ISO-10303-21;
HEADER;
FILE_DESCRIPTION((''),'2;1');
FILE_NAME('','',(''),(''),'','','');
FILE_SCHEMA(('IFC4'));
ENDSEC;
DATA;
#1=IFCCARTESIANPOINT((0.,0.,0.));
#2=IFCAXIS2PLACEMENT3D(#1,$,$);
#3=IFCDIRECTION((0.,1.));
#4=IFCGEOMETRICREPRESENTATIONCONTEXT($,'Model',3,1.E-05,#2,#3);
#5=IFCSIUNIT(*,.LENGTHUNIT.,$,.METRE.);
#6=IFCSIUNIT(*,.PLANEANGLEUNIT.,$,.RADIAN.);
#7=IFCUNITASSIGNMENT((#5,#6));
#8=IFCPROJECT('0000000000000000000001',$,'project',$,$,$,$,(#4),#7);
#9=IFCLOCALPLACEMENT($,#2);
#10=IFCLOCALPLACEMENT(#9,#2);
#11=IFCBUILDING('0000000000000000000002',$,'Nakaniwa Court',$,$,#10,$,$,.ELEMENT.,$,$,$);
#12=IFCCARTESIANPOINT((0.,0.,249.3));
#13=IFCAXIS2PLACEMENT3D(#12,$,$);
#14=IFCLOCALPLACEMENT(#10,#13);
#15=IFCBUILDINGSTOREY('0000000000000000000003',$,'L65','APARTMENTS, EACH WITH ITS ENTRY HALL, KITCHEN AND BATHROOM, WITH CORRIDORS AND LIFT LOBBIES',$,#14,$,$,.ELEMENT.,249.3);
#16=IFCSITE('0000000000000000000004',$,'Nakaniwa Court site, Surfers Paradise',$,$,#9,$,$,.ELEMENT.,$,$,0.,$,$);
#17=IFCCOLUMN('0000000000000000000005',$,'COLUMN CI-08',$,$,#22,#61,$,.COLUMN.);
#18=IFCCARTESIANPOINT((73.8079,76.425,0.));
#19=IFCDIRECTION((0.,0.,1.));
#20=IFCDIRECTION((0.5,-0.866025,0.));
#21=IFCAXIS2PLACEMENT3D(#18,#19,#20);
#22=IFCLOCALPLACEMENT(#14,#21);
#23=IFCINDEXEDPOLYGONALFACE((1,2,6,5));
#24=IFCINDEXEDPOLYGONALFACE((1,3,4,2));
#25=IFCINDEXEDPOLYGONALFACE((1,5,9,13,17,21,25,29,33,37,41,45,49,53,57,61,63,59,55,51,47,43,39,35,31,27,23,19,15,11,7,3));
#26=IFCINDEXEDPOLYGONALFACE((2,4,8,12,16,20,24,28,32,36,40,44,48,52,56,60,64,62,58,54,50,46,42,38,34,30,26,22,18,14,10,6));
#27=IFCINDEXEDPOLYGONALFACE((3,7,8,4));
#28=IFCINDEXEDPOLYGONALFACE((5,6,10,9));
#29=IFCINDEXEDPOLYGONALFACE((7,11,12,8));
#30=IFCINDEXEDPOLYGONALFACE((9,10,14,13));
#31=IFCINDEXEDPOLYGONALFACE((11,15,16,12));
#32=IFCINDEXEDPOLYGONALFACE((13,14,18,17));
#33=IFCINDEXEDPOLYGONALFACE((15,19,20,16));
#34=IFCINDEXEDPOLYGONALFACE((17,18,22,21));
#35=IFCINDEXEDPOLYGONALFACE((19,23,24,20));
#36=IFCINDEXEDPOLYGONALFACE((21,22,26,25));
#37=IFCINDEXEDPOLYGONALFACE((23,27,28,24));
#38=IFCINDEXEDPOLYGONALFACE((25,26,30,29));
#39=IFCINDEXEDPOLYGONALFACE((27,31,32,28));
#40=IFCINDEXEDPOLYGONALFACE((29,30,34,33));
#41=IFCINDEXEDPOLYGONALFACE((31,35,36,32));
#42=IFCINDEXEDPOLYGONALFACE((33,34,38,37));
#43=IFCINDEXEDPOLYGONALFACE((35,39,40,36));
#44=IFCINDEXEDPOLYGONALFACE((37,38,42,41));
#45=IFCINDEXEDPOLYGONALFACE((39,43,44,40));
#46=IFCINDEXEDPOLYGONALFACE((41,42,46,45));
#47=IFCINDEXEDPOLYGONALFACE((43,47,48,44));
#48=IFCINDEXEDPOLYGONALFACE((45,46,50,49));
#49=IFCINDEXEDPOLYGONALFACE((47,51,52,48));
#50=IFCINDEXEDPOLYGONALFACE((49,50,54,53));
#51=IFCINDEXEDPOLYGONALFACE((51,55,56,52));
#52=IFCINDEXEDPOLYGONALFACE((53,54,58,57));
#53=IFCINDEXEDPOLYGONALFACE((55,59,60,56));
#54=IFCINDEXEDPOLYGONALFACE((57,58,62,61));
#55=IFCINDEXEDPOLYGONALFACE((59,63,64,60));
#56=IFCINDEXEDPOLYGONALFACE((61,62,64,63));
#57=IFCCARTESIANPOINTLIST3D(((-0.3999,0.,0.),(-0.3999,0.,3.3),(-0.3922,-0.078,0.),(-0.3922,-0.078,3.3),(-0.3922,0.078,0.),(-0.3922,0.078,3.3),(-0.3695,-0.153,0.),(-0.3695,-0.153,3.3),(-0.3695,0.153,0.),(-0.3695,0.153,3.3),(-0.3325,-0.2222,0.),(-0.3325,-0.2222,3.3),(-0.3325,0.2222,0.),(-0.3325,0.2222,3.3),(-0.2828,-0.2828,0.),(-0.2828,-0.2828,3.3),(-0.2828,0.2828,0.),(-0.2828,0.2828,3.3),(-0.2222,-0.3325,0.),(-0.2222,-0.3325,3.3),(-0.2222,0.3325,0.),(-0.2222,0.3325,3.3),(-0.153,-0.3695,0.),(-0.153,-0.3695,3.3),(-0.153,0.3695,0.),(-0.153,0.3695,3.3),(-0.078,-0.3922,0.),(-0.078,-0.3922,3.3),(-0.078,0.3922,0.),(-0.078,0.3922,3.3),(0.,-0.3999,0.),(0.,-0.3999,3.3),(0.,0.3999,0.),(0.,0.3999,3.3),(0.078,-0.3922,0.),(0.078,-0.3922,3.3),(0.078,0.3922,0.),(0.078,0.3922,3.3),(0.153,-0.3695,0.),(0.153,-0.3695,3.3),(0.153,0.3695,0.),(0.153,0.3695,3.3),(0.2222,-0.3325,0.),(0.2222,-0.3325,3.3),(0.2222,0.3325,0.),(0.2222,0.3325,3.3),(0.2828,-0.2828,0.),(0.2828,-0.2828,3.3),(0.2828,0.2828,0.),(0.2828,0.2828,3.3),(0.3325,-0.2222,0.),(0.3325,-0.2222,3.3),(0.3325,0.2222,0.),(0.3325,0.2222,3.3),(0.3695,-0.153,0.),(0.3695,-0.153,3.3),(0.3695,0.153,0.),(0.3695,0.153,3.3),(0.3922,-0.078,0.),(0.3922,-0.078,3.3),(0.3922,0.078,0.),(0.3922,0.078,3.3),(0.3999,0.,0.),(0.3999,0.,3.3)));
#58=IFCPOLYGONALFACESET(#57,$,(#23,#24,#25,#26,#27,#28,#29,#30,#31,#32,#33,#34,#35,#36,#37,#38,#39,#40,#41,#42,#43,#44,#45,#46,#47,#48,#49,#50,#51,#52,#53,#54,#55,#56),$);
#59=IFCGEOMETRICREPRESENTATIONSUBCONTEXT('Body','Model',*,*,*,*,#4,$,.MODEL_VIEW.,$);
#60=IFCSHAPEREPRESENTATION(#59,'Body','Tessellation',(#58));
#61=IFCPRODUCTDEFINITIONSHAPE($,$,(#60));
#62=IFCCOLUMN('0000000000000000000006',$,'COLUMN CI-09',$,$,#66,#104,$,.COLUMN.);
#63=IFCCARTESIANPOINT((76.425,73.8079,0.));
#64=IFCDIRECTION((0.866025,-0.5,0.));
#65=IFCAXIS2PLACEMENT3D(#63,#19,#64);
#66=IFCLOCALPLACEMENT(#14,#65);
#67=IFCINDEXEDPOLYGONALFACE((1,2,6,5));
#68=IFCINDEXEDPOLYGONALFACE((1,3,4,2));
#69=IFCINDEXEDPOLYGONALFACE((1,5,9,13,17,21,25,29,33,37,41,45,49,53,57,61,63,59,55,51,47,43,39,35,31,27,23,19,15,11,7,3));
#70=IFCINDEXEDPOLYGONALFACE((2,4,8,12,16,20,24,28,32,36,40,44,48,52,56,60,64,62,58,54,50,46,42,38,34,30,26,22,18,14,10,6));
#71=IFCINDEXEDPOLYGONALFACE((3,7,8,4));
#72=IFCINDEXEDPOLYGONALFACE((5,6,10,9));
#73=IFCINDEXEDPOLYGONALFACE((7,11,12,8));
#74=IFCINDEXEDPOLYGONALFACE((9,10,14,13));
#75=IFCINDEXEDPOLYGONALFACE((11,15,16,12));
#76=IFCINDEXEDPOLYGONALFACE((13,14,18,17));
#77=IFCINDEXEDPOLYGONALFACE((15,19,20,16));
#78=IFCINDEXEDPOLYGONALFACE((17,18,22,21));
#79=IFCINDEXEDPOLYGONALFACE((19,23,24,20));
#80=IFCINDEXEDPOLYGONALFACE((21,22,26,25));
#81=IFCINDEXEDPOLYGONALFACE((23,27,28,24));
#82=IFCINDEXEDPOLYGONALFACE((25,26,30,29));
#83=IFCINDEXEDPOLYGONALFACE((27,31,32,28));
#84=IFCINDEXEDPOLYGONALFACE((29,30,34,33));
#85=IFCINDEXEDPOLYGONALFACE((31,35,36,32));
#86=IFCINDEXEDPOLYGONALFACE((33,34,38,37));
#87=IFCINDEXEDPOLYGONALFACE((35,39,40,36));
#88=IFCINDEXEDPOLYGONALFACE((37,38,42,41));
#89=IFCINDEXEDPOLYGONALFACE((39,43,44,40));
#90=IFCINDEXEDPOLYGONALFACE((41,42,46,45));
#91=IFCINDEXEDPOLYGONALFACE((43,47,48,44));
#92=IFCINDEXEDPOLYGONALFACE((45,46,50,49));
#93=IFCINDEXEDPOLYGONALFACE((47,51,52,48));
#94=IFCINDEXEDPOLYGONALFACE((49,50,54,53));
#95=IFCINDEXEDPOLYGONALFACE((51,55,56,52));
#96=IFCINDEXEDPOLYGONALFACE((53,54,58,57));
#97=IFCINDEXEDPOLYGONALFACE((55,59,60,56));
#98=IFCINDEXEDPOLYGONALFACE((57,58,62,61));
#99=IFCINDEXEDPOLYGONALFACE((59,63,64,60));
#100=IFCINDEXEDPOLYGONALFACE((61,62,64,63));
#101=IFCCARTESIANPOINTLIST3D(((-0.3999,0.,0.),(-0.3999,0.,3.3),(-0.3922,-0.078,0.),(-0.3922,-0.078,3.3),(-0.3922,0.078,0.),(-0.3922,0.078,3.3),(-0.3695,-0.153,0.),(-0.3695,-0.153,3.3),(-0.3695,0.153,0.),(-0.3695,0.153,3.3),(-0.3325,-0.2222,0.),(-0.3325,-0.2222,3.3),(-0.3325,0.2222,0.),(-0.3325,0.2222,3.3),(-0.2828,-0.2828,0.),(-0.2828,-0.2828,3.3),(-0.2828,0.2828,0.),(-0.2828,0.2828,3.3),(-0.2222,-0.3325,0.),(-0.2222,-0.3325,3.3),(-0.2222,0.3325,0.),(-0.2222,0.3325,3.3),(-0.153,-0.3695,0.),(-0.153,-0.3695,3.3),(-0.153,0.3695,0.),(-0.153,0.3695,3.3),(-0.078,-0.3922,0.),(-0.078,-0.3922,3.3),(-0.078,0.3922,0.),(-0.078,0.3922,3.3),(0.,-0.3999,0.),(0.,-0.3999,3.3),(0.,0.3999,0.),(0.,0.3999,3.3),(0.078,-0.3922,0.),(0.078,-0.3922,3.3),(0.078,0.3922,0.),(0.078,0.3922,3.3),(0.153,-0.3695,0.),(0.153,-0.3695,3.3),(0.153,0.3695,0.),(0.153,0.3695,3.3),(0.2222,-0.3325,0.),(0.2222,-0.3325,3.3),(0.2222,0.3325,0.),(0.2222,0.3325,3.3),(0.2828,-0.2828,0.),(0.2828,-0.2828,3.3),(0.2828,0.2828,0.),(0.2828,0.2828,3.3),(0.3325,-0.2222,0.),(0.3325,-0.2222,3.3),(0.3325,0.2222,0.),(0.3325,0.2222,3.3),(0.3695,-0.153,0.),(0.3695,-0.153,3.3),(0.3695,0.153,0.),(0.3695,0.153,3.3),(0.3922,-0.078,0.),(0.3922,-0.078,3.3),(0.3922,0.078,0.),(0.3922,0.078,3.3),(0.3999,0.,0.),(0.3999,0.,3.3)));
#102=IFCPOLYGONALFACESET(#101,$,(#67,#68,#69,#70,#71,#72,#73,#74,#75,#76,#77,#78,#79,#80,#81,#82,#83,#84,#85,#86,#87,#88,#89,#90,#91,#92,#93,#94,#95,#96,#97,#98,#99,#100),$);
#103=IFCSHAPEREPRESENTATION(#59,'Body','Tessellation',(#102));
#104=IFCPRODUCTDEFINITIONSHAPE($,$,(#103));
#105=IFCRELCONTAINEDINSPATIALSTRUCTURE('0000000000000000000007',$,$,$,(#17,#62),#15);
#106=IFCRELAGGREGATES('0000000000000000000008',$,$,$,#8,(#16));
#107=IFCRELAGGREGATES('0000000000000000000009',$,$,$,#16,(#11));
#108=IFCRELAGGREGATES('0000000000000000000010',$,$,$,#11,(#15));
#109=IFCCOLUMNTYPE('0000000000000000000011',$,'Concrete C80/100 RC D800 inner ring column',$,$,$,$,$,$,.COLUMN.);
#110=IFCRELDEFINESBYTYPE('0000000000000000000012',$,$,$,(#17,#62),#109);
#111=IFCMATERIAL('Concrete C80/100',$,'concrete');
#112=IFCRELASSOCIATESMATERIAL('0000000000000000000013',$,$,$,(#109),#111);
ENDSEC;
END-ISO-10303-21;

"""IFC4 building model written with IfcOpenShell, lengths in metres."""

from ifc_helpers import new_model, si_unit, direction, frame, origin, origin_2d, place, context, subcontext, project, spatial, circle, extrude, material, material_profile, profile_set, type_object, element, save


model = new_model("IFC4")

# Units and contexts
model_context = context("Model", 3, precision=1e-05, world=origin(), true_north=direction((0.0, 1.0)))
body_context = subcontext(model_context, "Body", "Model", "MODEL_VIEW")
ifc_project = project(units=[si_unit("LENGTHUNIT", "METRE"), si_unit("PLANEANGLEUNIT", "RADIAN")], contexts=[model_context])

# Site, building, storey
site_placement = place(None, origin())
site = spatial("IfcSite", under=ifc_project, at=site_placement, Name="Nakaniwa Court site, Surfers Paradise", CompositionType="ELEMENT", RefElevation=0.0)
building_placement = place(site_placement, origin())
building = spatial("IfcBuilding", under=site, at=building_placement, Name="Nakaniwa Court", CompositionType="ELEMENT")
storey_placement = place(building_placement, frame((0.0, 0.0, 249.3)))
storey = spatial("IfcBuildingStorey", under=building, at=storey_placement, Name="L65", Description="APARTMENTS, EACH WITH ITS ENTRY HALL, KITCHEN AND BATHROOM, WITH CORRIDORS AND LIFT LOBBIES", CompositionType="ELEMENT", Elevation=249.3)

# Columns
ifc_material_1 = material(Name="Concrete C80/100", Category="concrete")
ifc_material_profile_1 = material_profile(ifc_material_1, circle(Radius=0.3999, at=origin_2d()), Name="Concrete C80/100 RC D800 inner ring column")
ifc_profile_set_1 = profile_set([ifc_material_profile_1], Name="Concrete C80/100")
column_type_1 = type_object("IfcColumnType", Name="Concrete C80/100 RC D800 inner ring column", PredefinedType="COLUMN", material=ifc_profile_set_1)
for number, where, z_axis, x_axis, name in (
    (1, (73.8079, 76.425, 0.0), (0.0, 0.0, 1.0), (0.5, -0.866025, 0.0), "COLUMN CI-08"),
    (2, (76.425, 73.8079, 0.0), (0.0, 0.0, 1.0), (0.866025, -0.5, 0.0), "COLUMN CI-09"),
):
    element("IfcColumn", number, at=place(storey_placement, frame(where, z_axis=z_axis, x_axis=x_axis)), inside=storey, type_object=column_type_1, Name=name, PredefinedType="COLUMN", context=body_context, shape_type="SweptSolid", body=[
        extrude(circle(Radius=0.3999, at=origin_2d()), origin(), (0.0, 0.0, 1.0), 3.3),
    ])

save(model, "model.ifc")
